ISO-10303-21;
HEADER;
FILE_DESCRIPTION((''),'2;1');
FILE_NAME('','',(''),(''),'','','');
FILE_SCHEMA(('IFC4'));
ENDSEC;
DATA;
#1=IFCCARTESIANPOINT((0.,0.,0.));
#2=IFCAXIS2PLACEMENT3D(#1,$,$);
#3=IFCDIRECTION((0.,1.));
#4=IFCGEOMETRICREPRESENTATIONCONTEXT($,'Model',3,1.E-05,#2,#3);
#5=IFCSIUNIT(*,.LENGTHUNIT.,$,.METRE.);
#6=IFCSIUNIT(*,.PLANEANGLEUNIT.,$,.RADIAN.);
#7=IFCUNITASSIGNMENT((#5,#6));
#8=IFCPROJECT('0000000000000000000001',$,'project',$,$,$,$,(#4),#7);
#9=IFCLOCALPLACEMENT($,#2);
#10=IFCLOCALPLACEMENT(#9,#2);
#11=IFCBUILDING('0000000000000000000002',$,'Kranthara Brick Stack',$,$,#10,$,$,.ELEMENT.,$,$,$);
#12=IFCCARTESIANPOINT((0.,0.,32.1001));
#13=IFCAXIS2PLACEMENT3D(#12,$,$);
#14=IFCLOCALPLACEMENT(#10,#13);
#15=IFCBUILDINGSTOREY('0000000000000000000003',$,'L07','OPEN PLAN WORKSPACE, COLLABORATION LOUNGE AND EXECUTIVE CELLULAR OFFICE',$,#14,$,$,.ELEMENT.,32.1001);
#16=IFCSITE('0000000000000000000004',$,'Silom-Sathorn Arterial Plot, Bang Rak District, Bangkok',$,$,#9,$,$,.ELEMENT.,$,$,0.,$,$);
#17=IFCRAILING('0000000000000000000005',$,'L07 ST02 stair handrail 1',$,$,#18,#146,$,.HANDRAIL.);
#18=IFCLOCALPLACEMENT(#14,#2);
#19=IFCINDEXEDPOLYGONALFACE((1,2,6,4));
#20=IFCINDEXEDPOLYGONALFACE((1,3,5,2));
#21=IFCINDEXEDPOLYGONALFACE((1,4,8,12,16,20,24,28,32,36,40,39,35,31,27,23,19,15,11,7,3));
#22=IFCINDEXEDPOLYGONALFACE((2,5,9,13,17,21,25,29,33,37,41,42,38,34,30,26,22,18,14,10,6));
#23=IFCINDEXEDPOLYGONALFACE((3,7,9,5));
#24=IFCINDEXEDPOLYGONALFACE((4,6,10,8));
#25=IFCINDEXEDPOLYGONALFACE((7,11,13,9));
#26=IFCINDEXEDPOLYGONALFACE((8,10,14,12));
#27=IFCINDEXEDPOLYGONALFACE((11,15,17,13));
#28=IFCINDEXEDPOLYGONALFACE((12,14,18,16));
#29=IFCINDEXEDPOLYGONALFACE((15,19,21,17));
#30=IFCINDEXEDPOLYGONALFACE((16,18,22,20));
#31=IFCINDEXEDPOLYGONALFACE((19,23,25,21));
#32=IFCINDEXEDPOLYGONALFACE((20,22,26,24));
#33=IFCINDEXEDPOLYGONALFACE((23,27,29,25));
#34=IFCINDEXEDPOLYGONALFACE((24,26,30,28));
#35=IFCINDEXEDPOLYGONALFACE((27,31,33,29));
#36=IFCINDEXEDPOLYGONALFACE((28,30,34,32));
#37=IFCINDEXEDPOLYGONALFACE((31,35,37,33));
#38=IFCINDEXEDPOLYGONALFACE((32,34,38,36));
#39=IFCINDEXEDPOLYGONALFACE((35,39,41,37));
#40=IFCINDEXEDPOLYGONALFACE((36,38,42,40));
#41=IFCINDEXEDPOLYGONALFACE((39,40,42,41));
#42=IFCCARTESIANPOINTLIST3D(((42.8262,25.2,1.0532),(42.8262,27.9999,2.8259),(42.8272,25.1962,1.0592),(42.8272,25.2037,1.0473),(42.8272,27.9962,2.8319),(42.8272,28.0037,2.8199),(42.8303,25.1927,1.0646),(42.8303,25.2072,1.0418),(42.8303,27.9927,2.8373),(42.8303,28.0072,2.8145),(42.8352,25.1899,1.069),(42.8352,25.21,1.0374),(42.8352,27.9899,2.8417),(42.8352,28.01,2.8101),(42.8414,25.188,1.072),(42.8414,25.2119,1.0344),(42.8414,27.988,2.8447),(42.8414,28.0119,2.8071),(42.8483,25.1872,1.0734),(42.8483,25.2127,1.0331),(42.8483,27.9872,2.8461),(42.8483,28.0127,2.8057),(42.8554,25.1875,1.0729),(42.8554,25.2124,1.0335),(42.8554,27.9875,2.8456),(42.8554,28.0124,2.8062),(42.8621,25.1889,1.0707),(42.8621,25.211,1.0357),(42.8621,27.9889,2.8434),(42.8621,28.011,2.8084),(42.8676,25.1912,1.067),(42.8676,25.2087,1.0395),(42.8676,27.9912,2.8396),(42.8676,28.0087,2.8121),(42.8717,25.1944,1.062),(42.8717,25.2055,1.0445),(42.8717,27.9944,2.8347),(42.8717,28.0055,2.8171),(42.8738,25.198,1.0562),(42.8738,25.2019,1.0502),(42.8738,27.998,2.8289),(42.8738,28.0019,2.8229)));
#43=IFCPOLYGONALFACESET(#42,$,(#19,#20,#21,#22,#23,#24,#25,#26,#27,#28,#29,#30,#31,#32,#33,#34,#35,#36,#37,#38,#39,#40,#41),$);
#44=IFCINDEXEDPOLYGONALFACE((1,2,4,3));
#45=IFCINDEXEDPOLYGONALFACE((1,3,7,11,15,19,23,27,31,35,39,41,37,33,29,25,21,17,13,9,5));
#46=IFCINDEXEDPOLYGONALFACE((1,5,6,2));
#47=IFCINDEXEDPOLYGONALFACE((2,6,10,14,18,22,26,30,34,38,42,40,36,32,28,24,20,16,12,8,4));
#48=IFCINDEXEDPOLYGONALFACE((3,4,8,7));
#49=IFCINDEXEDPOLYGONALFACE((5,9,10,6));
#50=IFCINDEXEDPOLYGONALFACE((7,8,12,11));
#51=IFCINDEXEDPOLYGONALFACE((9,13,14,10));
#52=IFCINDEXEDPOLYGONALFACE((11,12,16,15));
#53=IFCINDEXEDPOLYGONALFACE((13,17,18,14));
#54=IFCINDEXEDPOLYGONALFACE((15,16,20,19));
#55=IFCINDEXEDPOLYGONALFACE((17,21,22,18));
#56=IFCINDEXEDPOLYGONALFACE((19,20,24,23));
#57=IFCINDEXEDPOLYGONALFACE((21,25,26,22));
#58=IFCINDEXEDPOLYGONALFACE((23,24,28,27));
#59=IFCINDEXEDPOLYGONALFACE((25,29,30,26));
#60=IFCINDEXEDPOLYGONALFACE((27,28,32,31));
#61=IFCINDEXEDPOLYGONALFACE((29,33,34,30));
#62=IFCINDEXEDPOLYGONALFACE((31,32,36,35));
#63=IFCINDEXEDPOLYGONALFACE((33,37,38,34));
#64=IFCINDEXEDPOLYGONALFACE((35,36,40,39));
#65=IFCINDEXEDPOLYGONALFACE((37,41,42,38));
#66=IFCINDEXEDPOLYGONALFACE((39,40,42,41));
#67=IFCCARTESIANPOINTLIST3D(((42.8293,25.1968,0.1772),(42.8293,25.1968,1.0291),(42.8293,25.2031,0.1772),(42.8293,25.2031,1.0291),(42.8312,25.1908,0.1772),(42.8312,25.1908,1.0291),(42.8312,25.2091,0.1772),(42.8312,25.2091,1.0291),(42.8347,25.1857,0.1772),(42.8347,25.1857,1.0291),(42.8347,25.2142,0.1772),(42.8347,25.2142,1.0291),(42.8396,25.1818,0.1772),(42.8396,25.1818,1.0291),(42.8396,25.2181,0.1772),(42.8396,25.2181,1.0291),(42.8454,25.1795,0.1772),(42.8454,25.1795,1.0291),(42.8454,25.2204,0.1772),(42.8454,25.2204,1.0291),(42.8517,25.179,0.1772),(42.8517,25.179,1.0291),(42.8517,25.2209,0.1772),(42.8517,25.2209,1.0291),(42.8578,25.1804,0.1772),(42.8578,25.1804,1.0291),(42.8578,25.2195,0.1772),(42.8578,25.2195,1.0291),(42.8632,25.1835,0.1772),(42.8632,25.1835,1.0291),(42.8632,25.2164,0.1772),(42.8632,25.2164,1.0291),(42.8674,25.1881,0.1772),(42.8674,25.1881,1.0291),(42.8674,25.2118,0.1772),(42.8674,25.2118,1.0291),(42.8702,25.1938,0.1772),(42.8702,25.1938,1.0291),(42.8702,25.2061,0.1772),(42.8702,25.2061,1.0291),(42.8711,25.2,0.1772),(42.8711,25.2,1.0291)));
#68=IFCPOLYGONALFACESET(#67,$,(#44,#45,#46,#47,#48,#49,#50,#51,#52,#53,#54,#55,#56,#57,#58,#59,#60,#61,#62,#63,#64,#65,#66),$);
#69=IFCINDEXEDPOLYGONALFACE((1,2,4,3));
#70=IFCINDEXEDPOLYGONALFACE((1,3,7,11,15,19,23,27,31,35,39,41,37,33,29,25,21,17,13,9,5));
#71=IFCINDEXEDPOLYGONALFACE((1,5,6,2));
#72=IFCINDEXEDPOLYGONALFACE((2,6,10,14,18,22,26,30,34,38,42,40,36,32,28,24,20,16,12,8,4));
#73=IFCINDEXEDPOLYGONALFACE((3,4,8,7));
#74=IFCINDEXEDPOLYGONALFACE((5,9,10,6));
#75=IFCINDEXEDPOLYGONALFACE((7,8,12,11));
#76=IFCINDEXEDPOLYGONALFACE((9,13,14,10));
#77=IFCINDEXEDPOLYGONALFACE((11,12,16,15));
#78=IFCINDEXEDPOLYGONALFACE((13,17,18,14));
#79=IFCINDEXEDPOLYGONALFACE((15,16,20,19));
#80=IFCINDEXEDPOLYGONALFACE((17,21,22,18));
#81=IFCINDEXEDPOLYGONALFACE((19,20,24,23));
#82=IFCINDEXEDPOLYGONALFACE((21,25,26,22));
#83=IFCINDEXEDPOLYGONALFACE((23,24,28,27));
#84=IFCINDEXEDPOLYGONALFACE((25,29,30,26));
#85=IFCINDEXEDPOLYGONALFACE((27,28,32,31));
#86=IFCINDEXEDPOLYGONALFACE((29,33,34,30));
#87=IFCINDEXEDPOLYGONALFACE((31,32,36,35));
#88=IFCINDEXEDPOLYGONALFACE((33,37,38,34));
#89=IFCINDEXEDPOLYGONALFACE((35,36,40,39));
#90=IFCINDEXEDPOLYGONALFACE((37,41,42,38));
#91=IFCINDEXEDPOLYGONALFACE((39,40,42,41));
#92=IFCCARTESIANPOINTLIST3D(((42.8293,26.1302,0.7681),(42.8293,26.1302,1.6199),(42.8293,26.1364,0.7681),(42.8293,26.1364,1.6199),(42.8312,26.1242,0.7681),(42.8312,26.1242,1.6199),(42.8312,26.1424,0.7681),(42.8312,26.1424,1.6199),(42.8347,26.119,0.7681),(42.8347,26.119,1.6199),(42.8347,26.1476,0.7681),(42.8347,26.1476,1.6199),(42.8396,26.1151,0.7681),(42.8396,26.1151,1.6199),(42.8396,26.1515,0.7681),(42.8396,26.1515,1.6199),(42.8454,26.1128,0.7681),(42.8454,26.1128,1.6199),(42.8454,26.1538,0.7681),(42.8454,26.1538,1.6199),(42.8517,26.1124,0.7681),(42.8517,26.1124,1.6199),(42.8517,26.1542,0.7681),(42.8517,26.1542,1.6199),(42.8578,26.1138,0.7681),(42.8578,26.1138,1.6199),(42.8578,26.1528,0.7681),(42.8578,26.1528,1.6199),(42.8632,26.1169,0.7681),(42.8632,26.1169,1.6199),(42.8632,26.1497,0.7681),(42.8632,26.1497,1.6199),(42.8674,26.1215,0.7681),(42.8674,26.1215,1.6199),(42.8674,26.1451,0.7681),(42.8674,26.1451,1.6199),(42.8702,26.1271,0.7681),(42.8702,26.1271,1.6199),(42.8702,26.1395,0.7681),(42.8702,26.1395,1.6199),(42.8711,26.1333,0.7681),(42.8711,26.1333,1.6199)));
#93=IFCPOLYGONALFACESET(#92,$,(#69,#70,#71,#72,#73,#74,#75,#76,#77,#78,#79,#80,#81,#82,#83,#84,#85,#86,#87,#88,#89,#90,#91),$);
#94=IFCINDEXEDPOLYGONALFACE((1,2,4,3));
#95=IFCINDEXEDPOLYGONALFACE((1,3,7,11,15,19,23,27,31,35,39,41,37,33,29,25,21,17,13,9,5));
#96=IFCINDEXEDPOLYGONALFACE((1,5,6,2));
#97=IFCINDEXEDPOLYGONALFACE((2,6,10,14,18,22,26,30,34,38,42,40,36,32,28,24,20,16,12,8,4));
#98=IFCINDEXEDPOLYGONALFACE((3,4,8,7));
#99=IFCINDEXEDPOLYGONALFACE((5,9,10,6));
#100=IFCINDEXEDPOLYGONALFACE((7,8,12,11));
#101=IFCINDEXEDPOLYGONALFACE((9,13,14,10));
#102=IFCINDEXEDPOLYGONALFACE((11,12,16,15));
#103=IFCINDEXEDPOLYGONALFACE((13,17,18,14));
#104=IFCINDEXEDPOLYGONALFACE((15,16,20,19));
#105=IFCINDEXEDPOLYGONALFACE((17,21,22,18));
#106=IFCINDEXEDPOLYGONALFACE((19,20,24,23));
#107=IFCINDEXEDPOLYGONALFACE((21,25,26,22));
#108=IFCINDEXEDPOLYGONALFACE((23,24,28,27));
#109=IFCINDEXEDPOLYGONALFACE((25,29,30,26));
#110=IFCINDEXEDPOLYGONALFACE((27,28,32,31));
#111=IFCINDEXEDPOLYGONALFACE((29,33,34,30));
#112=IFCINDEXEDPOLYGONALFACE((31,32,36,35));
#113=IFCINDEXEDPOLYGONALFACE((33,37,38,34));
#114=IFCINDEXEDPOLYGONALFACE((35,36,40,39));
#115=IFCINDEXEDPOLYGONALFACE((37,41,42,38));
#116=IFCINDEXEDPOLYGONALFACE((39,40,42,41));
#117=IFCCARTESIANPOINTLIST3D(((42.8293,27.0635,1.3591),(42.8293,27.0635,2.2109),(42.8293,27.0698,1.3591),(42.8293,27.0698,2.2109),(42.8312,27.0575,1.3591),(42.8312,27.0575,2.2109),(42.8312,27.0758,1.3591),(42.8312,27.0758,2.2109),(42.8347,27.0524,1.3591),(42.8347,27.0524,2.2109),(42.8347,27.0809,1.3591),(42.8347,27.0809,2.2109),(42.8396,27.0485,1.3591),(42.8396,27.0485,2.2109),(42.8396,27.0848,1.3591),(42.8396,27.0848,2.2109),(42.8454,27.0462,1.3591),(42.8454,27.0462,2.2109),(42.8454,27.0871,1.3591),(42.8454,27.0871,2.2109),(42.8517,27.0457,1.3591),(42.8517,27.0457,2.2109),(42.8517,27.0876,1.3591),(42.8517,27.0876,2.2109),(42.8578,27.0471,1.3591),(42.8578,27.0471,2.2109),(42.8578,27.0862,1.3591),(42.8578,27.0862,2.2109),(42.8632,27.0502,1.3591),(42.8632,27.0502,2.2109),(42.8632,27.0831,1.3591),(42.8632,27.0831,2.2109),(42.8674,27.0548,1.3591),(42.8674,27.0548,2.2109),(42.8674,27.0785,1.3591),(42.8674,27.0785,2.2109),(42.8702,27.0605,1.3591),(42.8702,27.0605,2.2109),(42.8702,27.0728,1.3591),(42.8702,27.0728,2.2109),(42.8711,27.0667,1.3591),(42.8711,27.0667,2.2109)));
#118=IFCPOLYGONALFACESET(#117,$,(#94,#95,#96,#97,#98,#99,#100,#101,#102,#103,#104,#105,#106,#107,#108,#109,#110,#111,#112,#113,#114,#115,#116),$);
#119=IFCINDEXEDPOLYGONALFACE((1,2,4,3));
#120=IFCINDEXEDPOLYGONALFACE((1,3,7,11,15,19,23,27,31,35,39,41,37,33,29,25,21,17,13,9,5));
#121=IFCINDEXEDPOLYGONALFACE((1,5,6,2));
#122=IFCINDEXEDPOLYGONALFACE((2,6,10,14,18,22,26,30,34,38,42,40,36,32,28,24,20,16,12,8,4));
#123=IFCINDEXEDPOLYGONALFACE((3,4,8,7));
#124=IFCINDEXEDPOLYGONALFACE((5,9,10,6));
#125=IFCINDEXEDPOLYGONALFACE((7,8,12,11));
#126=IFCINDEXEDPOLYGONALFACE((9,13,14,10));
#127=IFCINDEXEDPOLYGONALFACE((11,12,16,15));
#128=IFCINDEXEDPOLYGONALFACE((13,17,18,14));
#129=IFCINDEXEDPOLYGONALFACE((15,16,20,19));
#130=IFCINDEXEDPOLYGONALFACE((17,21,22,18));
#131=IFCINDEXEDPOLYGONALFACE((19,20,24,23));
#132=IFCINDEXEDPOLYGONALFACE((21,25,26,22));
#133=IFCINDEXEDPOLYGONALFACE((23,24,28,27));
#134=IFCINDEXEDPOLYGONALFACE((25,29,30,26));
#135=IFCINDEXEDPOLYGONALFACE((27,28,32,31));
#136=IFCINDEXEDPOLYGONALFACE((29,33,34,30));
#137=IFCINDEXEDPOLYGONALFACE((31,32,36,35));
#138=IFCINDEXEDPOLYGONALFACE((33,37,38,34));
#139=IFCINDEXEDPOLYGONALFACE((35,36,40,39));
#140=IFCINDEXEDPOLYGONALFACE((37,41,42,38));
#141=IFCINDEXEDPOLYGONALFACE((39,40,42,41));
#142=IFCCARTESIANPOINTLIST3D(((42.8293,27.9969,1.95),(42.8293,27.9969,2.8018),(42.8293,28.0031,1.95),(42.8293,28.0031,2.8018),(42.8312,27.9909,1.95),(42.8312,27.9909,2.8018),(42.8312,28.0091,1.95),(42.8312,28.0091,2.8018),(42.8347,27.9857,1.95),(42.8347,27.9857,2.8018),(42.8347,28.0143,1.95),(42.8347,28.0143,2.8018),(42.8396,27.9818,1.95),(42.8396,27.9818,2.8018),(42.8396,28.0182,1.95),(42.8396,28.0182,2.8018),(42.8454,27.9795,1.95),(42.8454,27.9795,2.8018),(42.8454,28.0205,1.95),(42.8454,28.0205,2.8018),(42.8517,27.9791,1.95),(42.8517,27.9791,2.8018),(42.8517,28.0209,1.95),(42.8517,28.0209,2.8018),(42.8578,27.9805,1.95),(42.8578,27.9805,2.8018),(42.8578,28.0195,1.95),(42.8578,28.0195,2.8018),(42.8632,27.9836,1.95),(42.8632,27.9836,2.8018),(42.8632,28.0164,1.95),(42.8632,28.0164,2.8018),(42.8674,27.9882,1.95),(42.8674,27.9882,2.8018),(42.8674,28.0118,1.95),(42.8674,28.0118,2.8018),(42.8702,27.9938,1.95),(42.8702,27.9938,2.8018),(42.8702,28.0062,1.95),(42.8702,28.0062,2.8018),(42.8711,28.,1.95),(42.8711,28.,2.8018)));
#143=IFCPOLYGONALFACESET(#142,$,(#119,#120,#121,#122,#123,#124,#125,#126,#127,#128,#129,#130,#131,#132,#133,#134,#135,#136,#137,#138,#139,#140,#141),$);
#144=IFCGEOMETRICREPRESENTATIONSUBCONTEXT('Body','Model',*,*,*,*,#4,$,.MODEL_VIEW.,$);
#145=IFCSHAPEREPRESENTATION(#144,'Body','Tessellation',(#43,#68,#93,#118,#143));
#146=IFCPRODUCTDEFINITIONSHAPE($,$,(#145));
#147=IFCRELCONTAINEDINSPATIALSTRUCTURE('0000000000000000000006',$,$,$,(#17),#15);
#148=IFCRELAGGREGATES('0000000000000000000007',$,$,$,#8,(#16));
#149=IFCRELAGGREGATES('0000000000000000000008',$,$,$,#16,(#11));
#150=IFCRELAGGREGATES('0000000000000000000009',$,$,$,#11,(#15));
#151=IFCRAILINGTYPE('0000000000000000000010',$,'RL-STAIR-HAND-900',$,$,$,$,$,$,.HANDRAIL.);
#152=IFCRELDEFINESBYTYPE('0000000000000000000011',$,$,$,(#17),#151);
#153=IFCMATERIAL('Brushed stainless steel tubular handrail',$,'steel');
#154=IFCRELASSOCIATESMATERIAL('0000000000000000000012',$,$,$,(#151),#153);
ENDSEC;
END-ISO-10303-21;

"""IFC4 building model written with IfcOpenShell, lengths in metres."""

from ifc_helpers import new_model, si_unit, direction, frame, origin, origin_2d, place, context, subcontext, project, spatial, circle, extrude, material, type_object, element, save


model = new_model("IFC4")

# Units and contexts
model_context = context("Model", 3, precision=1e-05, world=origin(), true_north=direction((0.0, 1.0)))
body_context = subcontext(model_context, "Body", "Model", "MODEL_VIEW")
ifc_project = project(units=[si_unit("LENGTHUNIT", "METRE"), si_unit("PLANEANGLEUNIT", "RADIAN")], contexts=[model_context])

# Site, building, storey
site_placement = place(None, origin())
site = spatial("IfcSite", under=ifc_project, at=site_placement, Name="Silom-Sathorn Arterial Plot, Bang Rak District, Bangkok", CompositionType="ELEMENT", RefElevation=0.0)
building_placement = place(site_placement, origin())
building = spatial("IfcBuilding", under=site, at=building_placement, Name="Kranthara Brick Stack", CompositionType="ELEMENT")
storey_placement = place(building_placement, frame((0.0, 0.0, 32.1001)))
storey = spatial("IfcBuildingStorey", under=building, at=storey_placement, Name="L07", Description="OPEN PLAN WORKSPACE, COLLABORATION LOUNGE AND EXECUTIVE CELLULAR OFFICE", CompositionType="ELEMENT", Elevation=32.1001)

# Railing
ifc_material_1 = material(Name="Brushed stainless steel tubular handrail", Category="steel")
railing_type_1 = type_object("IfcRailingType", Name="RL-STAIR-HAND-900", PredefinedType="HANDRAIL", material=ifc_material_1)
railing_1_placement = place(storey_placement, frame((42.8501, 25.2, 0.1772)))
element("IfcRailing", 1, at=railing_1_placement, inside=storey, type_object=railing_type_1, Name="L07 ST02 stair handrail 1", PredefinedType="HANDRAIL", context=body_context, shape_type="SweptSolid", body=[
    extrude(circle(Radius=0.0239, at=origin_2d()), frame((0.0, 0.0, 0.876), z_axis=(0.0, 0.844909, 0.53491), x_axis=(-1.0, 0.0, 0.0)), (0.0, 0.0, 1.0), 3.314),
    extrude(circle(Radius=0.021, at=origin_2d()), origin(), (0.0, 0.0, 1.0), 0.8518),
    extrude(circle(Radius=0.021, at=origin_2d()), frame((0.0, 0.9333, 0.5908)), (0.0, 0.0, 1.0), 0.8518),
    extrude(circle(Radius=0.021, at=origin_2d()), frame((0.0, 1.8667, 1.1819)), (0.0, 0.0, 1.0), 0.8518),
    extrude(circle(Radius=0.021, at=origin_2d()), frame((0.0, 2.8, 1.7727)), (0.0, 0.0, 1.0), 0.8518),
])

save(model, "model.ifc")
